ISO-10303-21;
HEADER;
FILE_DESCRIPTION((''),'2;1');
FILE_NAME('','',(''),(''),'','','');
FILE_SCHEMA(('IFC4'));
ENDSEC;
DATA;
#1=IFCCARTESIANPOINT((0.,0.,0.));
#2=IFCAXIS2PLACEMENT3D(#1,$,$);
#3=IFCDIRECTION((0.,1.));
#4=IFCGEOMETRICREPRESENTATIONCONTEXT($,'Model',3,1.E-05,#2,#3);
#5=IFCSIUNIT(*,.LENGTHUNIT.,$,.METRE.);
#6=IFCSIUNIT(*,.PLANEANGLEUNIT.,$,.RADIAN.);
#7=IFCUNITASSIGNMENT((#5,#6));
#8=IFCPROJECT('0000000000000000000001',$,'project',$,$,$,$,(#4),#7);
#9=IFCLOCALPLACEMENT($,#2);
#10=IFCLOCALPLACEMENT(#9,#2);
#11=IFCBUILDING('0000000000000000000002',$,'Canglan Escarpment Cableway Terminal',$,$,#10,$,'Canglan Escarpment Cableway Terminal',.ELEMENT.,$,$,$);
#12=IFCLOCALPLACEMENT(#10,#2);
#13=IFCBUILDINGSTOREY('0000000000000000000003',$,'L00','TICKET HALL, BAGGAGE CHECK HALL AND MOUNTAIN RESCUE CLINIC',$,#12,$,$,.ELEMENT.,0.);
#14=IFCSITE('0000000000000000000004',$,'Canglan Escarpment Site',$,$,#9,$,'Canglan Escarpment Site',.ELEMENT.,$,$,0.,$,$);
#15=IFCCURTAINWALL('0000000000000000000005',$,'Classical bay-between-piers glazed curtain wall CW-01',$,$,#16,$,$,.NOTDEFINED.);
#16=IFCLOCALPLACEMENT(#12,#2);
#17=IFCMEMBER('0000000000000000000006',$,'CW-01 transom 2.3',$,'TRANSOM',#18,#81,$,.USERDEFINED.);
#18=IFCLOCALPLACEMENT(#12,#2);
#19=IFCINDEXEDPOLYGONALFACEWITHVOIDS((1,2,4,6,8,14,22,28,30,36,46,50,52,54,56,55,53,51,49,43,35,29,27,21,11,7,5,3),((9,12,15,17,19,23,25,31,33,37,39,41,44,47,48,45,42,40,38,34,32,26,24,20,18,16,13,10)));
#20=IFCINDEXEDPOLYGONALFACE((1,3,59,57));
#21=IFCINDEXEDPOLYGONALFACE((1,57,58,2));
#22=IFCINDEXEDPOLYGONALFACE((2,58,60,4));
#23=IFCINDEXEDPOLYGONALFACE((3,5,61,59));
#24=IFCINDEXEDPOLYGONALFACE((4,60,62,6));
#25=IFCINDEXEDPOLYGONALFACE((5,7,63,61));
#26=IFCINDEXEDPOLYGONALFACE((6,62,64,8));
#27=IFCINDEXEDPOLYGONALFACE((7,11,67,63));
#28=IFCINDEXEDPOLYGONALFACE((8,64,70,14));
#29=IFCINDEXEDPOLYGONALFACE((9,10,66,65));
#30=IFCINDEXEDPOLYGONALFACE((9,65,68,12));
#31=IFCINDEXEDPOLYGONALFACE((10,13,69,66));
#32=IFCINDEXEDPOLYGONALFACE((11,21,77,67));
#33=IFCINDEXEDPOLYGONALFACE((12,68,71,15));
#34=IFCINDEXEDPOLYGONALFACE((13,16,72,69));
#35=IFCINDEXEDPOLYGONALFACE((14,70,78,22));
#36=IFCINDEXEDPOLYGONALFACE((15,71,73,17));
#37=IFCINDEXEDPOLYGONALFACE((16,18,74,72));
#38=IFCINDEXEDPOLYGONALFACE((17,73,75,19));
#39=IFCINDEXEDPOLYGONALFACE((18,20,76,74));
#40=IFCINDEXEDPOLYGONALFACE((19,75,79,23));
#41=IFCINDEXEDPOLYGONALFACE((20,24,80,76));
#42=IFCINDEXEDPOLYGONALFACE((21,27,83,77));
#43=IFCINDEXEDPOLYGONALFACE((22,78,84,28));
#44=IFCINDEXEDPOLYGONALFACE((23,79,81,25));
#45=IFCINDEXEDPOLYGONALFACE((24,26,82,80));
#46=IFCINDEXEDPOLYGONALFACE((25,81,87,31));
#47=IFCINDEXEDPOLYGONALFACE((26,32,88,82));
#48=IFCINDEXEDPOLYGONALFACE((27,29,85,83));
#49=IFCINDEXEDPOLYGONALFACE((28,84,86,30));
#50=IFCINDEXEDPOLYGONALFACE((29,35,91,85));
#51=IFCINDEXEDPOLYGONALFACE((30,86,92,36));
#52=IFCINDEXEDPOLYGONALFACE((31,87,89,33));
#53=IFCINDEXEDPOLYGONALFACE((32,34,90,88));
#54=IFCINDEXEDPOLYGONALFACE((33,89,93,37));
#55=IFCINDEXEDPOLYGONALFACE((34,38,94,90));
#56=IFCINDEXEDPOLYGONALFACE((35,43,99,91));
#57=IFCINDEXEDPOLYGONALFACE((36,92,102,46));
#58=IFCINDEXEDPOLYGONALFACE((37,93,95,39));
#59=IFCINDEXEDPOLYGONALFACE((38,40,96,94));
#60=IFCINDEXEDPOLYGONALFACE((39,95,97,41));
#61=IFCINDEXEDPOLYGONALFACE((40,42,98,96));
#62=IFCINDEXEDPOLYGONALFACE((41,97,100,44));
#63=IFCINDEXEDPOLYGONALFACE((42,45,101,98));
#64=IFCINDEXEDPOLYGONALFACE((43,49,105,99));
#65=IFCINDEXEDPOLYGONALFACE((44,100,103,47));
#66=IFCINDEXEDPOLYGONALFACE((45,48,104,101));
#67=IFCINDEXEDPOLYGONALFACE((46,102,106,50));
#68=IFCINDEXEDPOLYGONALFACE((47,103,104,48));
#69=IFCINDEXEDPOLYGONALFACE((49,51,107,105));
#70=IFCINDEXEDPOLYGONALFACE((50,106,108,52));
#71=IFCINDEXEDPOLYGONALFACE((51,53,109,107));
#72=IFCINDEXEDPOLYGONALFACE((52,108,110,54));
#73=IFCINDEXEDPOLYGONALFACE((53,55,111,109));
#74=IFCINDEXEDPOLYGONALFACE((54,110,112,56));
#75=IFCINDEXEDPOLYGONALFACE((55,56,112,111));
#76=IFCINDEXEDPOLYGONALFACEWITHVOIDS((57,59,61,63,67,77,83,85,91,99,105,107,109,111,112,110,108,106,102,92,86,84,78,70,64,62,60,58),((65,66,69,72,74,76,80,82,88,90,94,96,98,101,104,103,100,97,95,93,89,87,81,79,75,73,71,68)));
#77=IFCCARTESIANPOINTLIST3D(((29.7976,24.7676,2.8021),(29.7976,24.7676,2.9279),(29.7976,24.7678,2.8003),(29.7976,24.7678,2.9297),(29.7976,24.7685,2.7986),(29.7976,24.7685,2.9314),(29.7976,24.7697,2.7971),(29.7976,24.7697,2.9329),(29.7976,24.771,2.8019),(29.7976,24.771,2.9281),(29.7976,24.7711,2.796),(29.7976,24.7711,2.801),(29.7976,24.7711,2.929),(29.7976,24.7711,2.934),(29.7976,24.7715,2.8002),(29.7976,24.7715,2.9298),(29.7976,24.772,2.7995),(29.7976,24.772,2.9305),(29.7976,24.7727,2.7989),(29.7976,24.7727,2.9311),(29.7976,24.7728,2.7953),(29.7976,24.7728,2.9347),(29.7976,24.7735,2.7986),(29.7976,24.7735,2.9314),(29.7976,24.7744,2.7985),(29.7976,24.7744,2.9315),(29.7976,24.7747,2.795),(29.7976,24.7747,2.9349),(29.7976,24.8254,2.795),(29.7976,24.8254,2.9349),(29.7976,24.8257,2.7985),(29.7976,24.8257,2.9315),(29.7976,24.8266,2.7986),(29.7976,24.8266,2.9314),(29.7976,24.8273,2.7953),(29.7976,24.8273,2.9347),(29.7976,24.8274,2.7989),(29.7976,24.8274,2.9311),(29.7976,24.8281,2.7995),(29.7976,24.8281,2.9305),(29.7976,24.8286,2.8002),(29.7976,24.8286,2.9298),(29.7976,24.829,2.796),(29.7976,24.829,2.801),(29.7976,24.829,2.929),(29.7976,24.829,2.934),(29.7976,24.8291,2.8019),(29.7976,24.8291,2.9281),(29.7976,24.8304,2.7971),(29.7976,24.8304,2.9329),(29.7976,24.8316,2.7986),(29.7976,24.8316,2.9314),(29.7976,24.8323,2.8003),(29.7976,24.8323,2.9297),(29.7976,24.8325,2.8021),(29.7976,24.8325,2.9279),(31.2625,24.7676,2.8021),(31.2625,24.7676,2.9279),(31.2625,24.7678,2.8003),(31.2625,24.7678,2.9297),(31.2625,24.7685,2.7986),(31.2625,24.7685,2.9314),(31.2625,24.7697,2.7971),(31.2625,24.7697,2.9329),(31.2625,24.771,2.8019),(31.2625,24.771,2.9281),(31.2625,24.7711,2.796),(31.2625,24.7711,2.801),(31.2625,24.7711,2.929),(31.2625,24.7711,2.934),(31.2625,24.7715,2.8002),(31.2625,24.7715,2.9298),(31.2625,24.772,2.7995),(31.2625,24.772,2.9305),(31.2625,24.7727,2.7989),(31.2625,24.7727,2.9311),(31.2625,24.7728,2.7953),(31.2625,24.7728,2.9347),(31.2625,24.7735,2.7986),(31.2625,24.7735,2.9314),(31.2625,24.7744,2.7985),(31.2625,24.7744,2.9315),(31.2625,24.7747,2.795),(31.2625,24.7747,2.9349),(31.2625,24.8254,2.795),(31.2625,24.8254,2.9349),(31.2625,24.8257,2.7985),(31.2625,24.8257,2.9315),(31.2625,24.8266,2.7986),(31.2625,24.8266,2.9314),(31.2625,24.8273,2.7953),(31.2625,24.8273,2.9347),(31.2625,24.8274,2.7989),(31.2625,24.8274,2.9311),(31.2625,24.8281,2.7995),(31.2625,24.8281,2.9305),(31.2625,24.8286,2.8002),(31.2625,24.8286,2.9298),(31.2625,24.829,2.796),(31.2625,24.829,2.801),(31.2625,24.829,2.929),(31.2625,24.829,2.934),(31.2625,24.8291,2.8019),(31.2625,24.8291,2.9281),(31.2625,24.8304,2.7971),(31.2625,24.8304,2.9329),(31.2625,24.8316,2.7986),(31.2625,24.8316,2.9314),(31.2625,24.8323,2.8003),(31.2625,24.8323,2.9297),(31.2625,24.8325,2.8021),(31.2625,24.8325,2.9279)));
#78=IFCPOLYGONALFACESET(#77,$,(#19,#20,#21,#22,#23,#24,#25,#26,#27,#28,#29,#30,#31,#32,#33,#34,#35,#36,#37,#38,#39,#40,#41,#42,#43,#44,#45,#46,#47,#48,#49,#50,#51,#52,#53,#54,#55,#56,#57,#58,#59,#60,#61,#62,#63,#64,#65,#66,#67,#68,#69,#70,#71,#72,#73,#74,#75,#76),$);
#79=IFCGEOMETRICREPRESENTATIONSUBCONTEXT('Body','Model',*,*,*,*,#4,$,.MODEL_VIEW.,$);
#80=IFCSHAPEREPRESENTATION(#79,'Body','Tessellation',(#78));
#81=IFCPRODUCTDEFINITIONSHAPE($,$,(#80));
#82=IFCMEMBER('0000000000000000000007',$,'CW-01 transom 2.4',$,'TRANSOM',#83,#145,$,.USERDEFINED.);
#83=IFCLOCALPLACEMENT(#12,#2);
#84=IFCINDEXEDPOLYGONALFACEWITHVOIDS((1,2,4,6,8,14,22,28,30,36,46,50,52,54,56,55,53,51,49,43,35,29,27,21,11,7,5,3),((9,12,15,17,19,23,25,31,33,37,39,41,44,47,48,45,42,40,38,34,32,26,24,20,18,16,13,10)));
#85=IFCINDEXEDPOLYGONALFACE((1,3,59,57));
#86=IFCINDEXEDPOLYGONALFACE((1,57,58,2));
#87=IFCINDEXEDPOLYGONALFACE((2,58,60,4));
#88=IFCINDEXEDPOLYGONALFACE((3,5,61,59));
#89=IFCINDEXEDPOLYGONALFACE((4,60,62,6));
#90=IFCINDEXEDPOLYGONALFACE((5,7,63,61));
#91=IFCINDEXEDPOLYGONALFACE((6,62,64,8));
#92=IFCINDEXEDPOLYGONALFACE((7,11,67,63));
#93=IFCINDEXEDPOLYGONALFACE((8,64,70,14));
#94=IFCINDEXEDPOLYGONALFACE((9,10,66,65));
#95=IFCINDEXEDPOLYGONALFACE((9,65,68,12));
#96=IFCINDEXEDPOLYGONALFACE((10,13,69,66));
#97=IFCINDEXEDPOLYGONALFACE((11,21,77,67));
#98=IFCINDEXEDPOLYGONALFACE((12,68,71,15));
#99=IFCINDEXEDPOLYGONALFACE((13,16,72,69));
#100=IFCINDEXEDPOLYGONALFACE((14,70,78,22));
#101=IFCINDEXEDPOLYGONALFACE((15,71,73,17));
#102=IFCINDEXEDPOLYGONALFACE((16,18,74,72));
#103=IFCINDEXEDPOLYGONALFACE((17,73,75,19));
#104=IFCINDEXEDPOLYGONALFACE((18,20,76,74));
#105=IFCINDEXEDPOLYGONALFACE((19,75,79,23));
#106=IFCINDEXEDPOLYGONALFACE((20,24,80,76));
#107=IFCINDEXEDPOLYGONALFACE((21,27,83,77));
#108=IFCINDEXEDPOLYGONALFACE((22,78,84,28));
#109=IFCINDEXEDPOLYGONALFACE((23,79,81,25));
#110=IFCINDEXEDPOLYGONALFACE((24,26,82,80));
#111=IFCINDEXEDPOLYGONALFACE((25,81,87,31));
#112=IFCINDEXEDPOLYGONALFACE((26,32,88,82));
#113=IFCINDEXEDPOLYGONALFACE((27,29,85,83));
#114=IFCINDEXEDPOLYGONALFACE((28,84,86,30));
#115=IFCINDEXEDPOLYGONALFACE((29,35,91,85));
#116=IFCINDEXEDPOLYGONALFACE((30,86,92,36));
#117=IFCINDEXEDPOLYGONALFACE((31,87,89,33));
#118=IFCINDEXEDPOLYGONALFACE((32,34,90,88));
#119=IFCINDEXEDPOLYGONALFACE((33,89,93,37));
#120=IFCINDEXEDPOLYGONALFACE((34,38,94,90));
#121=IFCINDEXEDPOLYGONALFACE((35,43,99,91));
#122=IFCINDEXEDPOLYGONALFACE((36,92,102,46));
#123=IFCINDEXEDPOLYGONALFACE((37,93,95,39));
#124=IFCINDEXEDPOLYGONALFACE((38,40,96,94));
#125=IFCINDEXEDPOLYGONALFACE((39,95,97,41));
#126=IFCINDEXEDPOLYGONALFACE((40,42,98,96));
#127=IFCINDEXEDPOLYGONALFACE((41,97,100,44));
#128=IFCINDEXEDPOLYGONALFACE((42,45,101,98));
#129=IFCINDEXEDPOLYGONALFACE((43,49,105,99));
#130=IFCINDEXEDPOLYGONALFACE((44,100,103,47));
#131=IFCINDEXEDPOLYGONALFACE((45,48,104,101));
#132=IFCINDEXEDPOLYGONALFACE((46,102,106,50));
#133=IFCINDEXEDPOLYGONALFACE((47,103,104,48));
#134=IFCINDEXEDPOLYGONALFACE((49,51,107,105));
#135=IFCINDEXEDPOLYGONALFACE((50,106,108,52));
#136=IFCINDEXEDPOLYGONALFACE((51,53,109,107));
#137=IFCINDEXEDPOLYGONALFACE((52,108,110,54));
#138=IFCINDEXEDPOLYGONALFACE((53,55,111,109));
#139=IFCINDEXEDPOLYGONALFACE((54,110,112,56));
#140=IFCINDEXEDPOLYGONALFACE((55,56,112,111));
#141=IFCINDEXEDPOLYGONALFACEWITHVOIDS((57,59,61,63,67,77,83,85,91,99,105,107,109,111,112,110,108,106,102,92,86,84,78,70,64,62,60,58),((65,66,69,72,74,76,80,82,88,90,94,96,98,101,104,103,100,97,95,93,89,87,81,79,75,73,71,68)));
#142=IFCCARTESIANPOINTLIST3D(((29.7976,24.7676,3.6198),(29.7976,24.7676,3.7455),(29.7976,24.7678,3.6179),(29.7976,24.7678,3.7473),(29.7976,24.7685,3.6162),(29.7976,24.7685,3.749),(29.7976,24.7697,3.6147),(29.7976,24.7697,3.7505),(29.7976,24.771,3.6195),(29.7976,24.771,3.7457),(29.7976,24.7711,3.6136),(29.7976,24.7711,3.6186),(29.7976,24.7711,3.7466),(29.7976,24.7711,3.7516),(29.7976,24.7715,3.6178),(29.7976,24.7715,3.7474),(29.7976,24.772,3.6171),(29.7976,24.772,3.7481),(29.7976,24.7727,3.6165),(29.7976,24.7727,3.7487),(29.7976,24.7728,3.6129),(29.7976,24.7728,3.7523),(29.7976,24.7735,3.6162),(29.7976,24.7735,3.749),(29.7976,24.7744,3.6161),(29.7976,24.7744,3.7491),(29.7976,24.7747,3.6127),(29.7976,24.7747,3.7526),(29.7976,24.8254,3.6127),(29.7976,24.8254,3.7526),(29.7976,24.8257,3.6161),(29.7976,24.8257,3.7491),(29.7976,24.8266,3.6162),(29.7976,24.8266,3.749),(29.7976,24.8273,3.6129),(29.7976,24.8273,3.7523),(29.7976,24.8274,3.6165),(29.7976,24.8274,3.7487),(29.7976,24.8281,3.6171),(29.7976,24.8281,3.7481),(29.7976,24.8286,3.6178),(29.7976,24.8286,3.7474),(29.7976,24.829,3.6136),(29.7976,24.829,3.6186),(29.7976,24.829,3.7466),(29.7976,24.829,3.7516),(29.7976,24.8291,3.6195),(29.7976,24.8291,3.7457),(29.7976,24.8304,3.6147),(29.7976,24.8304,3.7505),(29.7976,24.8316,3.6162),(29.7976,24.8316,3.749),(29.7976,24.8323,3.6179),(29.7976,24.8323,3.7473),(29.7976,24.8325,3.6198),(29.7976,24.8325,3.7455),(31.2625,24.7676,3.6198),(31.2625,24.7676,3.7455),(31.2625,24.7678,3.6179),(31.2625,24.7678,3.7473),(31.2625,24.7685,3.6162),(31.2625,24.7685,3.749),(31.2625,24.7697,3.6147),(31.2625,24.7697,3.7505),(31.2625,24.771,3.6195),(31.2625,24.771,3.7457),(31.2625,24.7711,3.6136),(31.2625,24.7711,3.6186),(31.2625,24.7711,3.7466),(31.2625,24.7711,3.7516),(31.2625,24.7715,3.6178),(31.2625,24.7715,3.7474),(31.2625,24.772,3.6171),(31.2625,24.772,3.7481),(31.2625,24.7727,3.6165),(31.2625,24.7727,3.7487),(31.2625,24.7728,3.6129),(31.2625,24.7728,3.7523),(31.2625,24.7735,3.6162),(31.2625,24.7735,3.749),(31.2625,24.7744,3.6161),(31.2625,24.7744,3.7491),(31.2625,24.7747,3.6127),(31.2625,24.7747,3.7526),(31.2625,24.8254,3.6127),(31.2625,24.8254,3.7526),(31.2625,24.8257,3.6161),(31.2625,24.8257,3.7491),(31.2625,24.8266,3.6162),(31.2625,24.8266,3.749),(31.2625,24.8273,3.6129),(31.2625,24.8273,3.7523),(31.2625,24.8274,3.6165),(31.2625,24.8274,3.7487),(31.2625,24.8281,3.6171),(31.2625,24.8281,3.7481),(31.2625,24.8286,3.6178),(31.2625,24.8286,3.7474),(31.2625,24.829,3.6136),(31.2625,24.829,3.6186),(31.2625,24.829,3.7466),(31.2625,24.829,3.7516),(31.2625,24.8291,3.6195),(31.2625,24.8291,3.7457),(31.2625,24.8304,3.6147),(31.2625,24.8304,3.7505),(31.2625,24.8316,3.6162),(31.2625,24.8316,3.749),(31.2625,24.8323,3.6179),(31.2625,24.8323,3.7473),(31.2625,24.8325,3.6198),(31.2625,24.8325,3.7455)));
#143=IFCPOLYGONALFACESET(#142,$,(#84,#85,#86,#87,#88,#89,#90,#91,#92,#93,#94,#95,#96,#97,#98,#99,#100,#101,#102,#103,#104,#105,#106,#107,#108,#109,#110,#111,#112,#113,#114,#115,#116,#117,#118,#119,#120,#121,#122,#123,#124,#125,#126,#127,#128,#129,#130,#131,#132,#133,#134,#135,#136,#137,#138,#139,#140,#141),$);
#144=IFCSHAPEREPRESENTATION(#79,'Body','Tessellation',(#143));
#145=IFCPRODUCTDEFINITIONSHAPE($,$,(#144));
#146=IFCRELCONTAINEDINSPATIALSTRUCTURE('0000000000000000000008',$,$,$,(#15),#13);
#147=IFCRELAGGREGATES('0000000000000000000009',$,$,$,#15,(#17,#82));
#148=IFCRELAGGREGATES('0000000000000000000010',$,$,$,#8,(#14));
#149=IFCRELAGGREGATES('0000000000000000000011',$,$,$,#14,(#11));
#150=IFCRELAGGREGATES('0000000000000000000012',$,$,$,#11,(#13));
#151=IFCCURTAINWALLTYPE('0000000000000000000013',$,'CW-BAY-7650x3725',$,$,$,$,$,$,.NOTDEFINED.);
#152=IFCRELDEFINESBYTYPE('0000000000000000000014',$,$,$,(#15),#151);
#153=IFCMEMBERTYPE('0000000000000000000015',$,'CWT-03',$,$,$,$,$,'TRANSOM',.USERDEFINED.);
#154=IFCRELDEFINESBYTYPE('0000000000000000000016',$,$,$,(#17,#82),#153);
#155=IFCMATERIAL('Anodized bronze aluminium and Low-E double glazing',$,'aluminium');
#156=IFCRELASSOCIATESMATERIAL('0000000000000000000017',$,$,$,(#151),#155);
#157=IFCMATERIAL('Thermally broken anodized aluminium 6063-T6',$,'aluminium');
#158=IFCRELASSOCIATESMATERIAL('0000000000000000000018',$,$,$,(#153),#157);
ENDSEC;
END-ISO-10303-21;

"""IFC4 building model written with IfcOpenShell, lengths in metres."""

from ifc_helpers import new_model, si_unit, direction, frame, origin, origin_2d, place, context, subcontext, project, spatial, hollow_rectangle, extrude, material, material_profile, profile_set, type_object, element, aggregate, save


model = new_model("IFC4")

# Units and contexts
model_context = context("Model", 3, precision=1e-05, world=origin(), true_north=direction((0.0, 1.0)))
body_context = subcontext(model_context, "Body", "Model", "MODEL_VIEW")
ifc_project = project(units=[si_unit("LENGTHUNIT", "METRE"), si_unit("PLANEANGLEUNIT", "RADIAN")], contexts=[model_context])

# Site, building, storey
site_placement = place(None, origin())
site = spatial("IfcSite", under=ifc_project, at=site_placement, Name="Canglan Escarpment Site", LongName="Canglan Escarpment Site", CompositionType="ELEMENT", RefElevation=0.0)
building_placement = place(site_placement, origin())
building = spatial("IfcBuilding", under=site, at=building_placement, Name="Canglan Escarpment Cableway Terminal", LongName="Canglan Escarpment Cableway Terminal", CompositionType="ELEMENT")
storey_placement = place(building_placement, origin())
storey = spatial("IfcBuildingStorey", under=building, at=storey_placement, Name="L00", Description="TICKET HALL, BAGGAGE CHECK HALL AND MOUNTAIN RESCUE CLINIC", CompositionType="ELEMENT", Elevation=0.0)

# Curtain wall, members
ifc_material_1 = material(Name="Anodized bronze aluminium and Low-E double glazing", Category="aluminium")
curtain_wall_type = type_object("IfcCurtainWallType", Name="CW-BAY-7650x3725", PredefinedType="NOTDEFINED", material=ifc_material_1)
curtain_wall_placement = place(storey_placement, origin())
curtain_wall = element("IfcCurtainWall", 1, at=curtain_wall_placement, inside=storey, type_object=curtain_wall_type, Name="Classical bay-between-piers glazed curtain wall CW-01", PredefinedType="NOTDEFINED")
ifc_material_2 = material(Name="Thermally broken anodized aluminium 6063-T6", Category="aluminium")
ifc_material_profile_1 = material_profile(ifc_material_2, hollow_rectangle(XDim=0.0649, YDim=0.1399, WallThickness=0.0034, InnerFilletRadius=0.0034, OuterFilletRadius=0.0071, at=origin_2d()), Name="ALU-TRAN 65x140x3.5")
ifc_profile_set_1 = profile_set([ifc_material_profile_1], Name="Thermally broken anodized aluminium 6063-T6")
member_type_1 = type_object("IfcMemberType", Name="CWT-03", ElementType="TRANSOM", PredefinedType="USERDEFINED", material=ifc_profile_set_1)
member_1_placement = place(storey_placement, frame((31.2625, 24.8, 2.865), z_axis=(-1.0, 0.0, 0.0), x_axis=(0.0, -1.0, 0.0)))
member_1 = element("IfcMember", 2, at=member_1_placement, type_object=member_type_1, Name="CW-01 transom 2.3", ObjectType="TRANSOM", PredefinedType="USERDEFINED", context=body_context, shape_type="SweptSolid", body=[
    extrude(hollow_rectangle(XDim=0.0649, YDim=0.1399, WallThickness=0.0034, InnerFilletRadius=0.0034, OuterFilletRadius=0.0071, at=origin_2d()), origin(), (0.0, 0.0, 1.0), 1.4648),
])
member_2_placement = place(storey_placement, frame((31.2625, 24.8, 3.6826), z_axis=(-1.0, 0.0, 0.0), x_axis=(0.0, -1.0, 0.0)))
member_2 = element("IfcMember", 3, at=member_2_placement, type_object=member_type_1, Name="CW-01 transom 2.4", ObjectType="TRANSOM", PredefinedType="USERDEFINED", context=body_context, shape_type="SweptSolid", body=[
    extrude(hollow_rectangle(XDim=0.0649, YDim=0.1399, WallThickness=0.0034, InnerFilletRadius=0.0034, OuterFilletRadius=0.0071, at=origin_2d()), origin(), (0.0, 0.0, 1.0), 1.4648),
])
aggregate(curtain_wall, [member_1, member_2])

save(model, "model.ifc")
